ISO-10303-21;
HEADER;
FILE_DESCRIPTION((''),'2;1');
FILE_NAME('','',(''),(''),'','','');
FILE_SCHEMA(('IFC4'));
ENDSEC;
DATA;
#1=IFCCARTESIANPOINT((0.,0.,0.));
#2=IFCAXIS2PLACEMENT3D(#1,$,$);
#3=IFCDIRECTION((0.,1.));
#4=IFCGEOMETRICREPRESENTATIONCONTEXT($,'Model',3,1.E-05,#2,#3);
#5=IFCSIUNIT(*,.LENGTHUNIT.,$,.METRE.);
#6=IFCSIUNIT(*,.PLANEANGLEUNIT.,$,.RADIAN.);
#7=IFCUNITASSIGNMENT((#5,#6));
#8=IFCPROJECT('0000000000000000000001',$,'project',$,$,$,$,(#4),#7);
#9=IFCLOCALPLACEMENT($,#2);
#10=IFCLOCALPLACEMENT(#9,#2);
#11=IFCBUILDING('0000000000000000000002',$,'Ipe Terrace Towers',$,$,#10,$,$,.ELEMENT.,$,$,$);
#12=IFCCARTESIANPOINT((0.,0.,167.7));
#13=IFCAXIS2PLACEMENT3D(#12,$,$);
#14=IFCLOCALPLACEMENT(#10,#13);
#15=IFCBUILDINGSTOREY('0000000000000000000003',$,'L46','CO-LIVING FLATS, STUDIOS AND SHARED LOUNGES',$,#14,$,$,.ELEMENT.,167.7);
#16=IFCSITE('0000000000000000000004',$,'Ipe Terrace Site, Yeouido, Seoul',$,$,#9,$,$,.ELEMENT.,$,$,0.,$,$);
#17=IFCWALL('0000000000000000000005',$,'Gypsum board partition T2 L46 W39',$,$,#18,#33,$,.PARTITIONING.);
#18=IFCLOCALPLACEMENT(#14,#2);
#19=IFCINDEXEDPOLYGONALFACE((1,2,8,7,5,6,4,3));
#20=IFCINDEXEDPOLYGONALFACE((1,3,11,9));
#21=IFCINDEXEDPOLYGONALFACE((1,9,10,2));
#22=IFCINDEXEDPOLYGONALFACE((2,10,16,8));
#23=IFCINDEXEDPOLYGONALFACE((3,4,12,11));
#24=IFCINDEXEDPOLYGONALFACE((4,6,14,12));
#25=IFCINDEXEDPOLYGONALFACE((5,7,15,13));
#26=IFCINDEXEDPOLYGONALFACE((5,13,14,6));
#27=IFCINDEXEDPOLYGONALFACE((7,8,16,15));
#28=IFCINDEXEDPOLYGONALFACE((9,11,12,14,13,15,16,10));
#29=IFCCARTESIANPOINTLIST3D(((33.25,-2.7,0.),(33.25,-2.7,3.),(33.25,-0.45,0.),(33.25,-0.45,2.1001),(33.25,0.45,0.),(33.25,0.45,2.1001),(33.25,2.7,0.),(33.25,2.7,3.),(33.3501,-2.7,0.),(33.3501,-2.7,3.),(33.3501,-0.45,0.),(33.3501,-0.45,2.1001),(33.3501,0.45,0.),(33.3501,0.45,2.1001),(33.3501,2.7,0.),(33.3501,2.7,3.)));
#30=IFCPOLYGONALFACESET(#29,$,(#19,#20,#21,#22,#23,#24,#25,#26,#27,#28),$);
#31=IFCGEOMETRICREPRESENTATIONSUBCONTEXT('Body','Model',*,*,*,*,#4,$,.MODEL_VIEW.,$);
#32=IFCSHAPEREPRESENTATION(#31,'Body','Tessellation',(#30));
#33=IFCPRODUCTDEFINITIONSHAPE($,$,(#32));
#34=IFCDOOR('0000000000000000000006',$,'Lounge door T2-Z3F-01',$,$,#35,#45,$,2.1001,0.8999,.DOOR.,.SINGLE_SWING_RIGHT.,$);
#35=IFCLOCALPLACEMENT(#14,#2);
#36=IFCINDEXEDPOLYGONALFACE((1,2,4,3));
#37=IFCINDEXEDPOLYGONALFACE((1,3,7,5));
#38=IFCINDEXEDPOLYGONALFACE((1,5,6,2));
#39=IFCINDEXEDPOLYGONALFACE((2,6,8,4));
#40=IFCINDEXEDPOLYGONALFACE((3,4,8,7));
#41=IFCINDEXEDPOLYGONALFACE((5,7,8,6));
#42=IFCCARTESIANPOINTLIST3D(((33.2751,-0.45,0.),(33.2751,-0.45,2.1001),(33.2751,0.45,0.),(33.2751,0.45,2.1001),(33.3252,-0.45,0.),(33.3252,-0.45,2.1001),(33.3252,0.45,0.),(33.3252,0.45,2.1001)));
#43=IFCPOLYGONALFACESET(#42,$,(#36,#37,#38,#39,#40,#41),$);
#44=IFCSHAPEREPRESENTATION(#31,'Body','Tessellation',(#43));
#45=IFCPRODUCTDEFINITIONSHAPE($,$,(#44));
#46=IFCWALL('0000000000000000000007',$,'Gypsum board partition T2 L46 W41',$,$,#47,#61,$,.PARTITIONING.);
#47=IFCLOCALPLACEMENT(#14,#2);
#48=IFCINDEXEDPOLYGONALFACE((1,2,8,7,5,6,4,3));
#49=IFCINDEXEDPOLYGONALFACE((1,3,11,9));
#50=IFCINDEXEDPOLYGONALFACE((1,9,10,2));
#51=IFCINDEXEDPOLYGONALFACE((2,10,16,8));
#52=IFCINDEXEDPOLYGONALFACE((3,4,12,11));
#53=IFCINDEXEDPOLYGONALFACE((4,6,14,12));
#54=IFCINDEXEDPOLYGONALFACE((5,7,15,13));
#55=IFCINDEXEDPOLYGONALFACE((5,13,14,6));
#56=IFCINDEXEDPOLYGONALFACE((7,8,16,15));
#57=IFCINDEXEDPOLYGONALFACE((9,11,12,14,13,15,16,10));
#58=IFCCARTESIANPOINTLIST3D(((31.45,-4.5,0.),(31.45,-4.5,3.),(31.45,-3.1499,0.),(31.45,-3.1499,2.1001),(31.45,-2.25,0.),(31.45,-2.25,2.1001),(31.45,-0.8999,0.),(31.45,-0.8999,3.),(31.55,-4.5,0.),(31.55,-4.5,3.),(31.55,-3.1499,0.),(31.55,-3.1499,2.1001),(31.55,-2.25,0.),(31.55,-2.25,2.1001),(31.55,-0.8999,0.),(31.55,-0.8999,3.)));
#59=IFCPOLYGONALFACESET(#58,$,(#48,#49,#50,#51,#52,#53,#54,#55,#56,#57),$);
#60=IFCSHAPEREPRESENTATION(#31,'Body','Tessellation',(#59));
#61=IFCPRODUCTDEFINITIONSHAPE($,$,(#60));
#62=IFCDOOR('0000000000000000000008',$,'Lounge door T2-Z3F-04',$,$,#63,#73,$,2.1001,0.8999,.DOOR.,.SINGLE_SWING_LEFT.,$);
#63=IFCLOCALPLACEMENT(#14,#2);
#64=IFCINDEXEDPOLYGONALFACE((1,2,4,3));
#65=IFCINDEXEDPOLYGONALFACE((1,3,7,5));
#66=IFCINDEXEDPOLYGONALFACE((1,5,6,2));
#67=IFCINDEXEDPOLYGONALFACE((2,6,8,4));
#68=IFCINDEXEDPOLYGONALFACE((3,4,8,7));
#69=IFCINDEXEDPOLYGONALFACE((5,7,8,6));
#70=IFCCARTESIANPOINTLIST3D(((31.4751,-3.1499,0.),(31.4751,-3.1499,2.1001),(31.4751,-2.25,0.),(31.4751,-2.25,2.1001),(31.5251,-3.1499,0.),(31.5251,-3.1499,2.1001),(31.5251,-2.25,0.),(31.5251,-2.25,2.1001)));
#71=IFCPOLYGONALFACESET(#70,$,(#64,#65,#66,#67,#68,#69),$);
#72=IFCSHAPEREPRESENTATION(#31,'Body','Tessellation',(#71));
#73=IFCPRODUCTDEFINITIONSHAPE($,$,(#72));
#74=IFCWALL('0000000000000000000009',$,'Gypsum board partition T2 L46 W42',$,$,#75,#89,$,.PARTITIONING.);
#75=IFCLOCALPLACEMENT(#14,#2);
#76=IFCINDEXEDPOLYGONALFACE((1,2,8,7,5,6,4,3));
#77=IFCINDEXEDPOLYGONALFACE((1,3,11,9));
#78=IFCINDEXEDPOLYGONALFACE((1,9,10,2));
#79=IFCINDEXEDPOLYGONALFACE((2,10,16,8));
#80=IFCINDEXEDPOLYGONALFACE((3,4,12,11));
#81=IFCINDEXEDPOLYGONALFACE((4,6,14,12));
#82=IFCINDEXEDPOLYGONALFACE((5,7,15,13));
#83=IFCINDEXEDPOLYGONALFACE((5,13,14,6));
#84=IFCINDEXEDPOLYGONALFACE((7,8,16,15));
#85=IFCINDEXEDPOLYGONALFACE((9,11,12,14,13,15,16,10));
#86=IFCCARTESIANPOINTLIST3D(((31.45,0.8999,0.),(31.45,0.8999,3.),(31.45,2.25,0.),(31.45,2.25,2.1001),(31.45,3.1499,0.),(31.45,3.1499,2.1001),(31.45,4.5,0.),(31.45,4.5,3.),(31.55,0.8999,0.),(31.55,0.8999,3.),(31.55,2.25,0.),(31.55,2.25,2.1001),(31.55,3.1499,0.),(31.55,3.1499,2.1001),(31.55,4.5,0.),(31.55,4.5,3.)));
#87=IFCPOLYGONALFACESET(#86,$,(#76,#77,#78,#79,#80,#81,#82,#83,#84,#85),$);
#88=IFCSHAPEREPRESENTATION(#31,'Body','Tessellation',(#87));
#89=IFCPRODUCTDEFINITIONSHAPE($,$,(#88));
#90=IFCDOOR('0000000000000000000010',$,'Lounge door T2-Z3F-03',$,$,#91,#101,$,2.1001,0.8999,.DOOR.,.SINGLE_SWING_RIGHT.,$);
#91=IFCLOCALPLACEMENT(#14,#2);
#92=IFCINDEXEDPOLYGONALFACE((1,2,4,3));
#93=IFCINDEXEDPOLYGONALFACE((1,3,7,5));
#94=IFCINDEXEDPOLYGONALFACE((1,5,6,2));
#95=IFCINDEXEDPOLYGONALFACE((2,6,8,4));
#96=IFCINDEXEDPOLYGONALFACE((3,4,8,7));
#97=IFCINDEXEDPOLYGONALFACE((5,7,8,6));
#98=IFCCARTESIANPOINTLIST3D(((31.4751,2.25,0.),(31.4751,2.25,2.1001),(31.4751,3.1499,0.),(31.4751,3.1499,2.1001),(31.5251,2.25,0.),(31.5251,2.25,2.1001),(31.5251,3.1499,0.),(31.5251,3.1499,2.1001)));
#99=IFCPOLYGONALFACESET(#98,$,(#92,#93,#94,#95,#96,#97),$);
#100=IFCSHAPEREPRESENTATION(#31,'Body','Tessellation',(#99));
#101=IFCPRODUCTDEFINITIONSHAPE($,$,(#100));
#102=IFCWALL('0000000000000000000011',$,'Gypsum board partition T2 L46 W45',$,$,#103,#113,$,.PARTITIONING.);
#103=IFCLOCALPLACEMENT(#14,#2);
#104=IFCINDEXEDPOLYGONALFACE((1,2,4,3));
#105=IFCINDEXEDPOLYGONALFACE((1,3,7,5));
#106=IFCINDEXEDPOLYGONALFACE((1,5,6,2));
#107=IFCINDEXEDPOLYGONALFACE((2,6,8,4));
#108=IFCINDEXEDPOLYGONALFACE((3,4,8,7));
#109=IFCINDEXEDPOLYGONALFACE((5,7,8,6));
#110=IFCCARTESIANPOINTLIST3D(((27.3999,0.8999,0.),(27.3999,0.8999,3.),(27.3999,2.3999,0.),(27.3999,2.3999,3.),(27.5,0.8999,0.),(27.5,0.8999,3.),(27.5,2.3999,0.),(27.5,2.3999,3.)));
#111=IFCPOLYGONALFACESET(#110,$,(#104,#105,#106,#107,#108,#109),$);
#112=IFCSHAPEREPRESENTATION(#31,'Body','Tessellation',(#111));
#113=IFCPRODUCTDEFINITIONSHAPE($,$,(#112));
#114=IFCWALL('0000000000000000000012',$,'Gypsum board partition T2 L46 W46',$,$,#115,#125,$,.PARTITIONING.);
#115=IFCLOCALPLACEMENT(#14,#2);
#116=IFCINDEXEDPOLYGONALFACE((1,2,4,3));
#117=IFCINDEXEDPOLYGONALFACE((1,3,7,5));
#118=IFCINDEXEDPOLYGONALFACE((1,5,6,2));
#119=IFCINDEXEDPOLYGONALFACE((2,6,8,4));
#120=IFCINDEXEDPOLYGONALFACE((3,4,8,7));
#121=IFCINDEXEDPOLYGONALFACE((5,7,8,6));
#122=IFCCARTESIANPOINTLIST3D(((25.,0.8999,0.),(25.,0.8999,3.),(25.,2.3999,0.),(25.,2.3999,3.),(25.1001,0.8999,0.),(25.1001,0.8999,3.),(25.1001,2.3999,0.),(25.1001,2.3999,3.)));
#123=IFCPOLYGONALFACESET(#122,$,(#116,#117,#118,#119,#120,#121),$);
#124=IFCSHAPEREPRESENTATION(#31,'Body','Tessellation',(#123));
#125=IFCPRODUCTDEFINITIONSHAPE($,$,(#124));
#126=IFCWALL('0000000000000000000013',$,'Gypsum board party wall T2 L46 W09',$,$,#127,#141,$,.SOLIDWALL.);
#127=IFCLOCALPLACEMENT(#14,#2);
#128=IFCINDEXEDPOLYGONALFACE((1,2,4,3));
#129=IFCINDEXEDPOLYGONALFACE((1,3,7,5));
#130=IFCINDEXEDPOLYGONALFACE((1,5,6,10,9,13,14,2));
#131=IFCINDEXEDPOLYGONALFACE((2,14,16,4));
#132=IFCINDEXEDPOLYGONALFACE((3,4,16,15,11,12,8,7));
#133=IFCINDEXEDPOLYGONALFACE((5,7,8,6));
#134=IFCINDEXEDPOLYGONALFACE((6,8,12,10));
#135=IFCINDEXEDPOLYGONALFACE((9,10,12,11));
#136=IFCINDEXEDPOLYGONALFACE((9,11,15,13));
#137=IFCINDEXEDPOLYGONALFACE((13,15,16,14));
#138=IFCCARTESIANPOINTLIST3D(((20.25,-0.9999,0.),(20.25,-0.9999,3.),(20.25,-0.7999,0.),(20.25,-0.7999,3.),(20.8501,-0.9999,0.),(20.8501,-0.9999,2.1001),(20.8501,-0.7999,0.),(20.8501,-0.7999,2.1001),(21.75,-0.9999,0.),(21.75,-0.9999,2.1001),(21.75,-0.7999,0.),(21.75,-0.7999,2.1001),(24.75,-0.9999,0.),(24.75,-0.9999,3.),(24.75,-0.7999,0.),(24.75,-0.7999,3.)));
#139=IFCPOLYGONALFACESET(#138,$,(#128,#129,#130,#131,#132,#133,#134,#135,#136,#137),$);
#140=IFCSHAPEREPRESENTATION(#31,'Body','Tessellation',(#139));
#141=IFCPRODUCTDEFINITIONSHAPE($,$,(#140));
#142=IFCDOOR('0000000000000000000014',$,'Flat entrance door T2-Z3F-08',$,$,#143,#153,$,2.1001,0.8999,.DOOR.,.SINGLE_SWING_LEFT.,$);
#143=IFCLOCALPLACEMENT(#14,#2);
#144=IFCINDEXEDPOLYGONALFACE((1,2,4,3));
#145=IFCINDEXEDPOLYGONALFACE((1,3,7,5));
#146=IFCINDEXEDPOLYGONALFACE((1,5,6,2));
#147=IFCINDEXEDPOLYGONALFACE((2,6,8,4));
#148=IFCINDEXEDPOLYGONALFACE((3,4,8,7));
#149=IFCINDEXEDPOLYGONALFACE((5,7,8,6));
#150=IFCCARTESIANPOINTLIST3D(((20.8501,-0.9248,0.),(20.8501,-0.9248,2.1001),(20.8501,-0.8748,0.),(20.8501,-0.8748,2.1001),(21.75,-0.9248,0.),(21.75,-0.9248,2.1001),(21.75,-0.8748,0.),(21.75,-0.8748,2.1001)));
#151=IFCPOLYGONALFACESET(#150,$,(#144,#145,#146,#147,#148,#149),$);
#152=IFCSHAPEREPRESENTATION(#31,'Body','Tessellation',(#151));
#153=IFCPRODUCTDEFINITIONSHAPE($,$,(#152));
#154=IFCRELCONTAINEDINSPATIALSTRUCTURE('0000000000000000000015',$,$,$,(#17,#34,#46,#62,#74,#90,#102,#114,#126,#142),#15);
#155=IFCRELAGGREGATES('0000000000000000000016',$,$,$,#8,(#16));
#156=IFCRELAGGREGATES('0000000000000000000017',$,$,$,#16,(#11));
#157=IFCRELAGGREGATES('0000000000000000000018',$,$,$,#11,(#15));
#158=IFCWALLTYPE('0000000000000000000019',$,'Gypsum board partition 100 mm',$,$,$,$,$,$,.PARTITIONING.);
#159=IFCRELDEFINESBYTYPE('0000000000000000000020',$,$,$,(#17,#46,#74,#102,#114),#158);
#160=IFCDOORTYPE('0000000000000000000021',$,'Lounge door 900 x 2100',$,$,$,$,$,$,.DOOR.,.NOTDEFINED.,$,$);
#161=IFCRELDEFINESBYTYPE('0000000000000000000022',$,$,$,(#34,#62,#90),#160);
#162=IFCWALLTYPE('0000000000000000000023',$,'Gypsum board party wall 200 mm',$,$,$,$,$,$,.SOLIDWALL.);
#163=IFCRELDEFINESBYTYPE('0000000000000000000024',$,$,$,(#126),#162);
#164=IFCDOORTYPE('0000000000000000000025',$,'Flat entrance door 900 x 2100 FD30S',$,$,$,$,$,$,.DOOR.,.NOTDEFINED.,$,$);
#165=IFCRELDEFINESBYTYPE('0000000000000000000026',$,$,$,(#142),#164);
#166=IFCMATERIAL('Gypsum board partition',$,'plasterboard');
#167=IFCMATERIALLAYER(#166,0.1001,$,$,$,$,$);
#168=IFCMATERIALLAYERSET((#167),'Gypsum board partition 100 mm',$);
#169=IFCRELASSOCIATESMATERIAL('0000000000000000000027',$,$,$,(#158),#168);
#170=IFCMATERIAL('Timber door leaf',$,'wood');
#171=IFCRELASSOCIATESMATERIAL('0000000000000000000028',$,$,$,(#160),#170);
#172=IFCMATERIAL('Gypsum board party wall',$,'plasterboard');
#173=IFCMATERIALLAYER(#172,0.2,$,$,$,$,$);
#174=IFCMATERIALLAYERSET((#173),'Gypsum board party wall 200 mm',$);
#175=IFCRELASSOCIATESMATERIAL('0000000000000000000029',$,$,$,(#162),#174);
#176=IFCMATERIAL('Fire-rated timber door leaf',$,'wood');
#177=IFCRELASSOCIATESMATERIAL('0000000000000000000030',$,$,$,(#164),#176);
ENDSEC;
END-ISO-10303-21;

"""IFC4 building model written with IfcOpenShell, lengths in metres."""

from ifc_helpers import new_model, si_unit, direction, frame, frame_2d, origin, place, context, subcontext, project, spatial, rectangle, extrude, material, layer, layer_set, type_object, element, fill, save


model = new_model("IFC4")

# Units and contexts
model_context = context("Model", 3, precision=1e-05, world=origin(), true_north=direction((0.0, 1.0)))
body_context = subcontext(model_context, "Body", "Model", "MODEL_VIEW")
ifc_project = project(units=[si_unit("LENGTHUNIT", "METRE"), si_unit("PLANEANGLEUNIT", "RADIAN")], contexts=[model_context])

# Site, building, storey
site_placement = place(None, origin())
site = spatial("IfcSite", under=ifc_project, at=site_placement, Name="Ipe Terrace Site, Yeouido, Seoul", CompositionType="ELEMENT", RefElevation=0.0)
building_placement = place(site_placement, origin())
building = spatial("IfcBuilding", under=site, at=building_placement, Name="Ipe Terrace Towers", CompositionType="ELEMENT")
storey_placement = place(building_placement, frame((0.0, 0.0, 167.7)))
storey = spatial("IfcBuildingStorey", under=building, at=storey_placement, Name="L46", Description="CO-LIVING FLATS, STUDIOS AND SHARED LOUNGES", CompositionType="ELEMENT", Elevation=167.7)

# Shared definitions
ifc_material_1 = material(Name="Gypsum board partition", Category="plasterboard")
ifc_layer_1 = layer(ifc_material_1, 0.1001)
ifc_layer_set_1 = layer_set([ifc_layer_1], Name="Gypsum board partition 100 mm")
wall_type_1 = type_object("IfcWallType", Name="Gypsum board partition 100 mm", PredefinedType="PARTITIONING", material=ifc_layer_set_1)
ifc_material_2 = material(Name="Timber door leaf", Category="wood")
door_type_1 = type_object("IfcDoorType", Name="Lounge door 900 x 2100", OperationType="NOTDEFINED", PredefinedType="DOOR", material=ifc_material_2)

# Walls, openings, doors
wall_1_placement = place(storey_placement, frame((33.3, -2.7, 0.0), z_axis=(0.0, 0.0, 1.0), x_axis=(0.0, 1.0, 0.0)))
wall_1 = element("IfcWall", 1, at=wall_1_placement, inside=storey, type_object=wall_type_1, Name="Gypsum board partition T2 L46 W39", PredefinedType="PARTITIONING", context=body_context, shape_type="SweptSolid", body=[
    extrude(rectangle(XDim=5.3999, YDim=0.1001, at=frame_2d((2.7, 0.0))), origin(), (0.0, 0.0, 1.0), 3.0),
])
opening_1_placement = place(wall_1_placement, frame((2.25, 0.0, 0.0)))
opening_1 = element("IfcOpeningElement", 2, at=opening_1_placement, cuts=wall_1, PredefinedType="OPENING", context=body_context, shape_type="SweptSolid", body=[
    extrude(rectangle(XDim=0.8999, YDim=2.1001, at=frame_2d((0.45, 1.05))), frame((0.0, 0.0601, 0.0), z_axis=(0.0, -1.0, 0.0), x_axis=(1.0, 0.0, 0.0)), (0.0, 0.0, 1.0), 0.1201),
])
door_1_placement = place(opening_1_placement, origin())
door_1 = element("IfcDoor", 3, at=door_1_placement, inside=storey, type_object=door_type_1, Name="Lounge door T2-Z3F-01", OperationType="SINGLE_SWING_RIGHT", OverallHeight=2.1001, OverallWidth=0.8999, PredefinedType="DOOR", context=body_context, shape_type="SweptSolid", body=[
    extrude(rectangle(XDim=0.8999, YDim=2.1001, at=frame_2d((0.45, 1.05))), frame((0.0, 0.0249, 0.0), z_axis=(0.0, -1.0, 0.0), x_axis=(1.0, 0.0, 0.0)), (0.0, 0.0, 1.0), 0.05),
])
fill(opening_1, door_1)
wall_2_placement = place(storey_placement, frame((31.5, -4.5, 0.0), z_axis=(0.0, 0.0, 1.0), x_axis=(0.0, 1.0, 0.0)))
wall_2 = element("IfcWall", 4, at=wall_2_placement, inside=storey, type_object=wall_type_1, Name="Gypsum board partition T2 L46 W41", PredefinedType="PARTITIONING", context=body_context, shape_type="SweptSolid", body=[
    extrude(rectangle(XDim=3.6001, YDim=0.1001, at=frame_2d((1.8, 0.0))), origin(), (0.0, 0.0, 1.0), 3.0),
])
opening_2_placement = place(wall_2_placement, frame((1.3501, 0.0, 0.0)))
opening_2 = element("IfcOpeningElement", 5, at=opening_2_placement, cuts=wall_2, PredefinedType="OPENING", context=body_context, shape_type="SweptSolid", body=[
    extrude(rectangle(XDim=0.8999, YDim=2.1001, at=frame_2d((0.45, 1.05))), frame((0.0, 0.0601, 0.0), z_axis=(0.0, -1.0, 0.0), x_axis=(1.0, 0.0, 0.0)), (0.0, 0.0, 1.0), 0.1201),
])
door_2_placement = place(opening_2_placement, origin())
door_2 = element("IfcDoor", 6, at=door_2_placement, inside=storey, type_object=door_type_1, Name="Lounge door T2-Z3F-04", OperationType="SINGLE_SWING_LEFT", OverallHeight=2.1001, OverallWidth=0.8999, PredefinedType="DOOR", context=body_context, shape_type="SweptSolid", body=[
    extrude(rectangle(XDim=0.8999, YDim=2.1001, at=frame_2d((0.45, 1.05))), frame((0.0, 0.0249, 0.0), z_axis=(0.0, -1.0, 0.0), x_axis=(1.0, 0.0, 0.0)), (0.0, 0.0, 1.0), 0.05),
])
fill(opening_2, door_2)
wall_3_placement = place(storey_placement, frame((31.5, 0.8999, 0.0), z_axis=(0.0, 0.0, 1.0), x_axis=(0.0, 1.0, 0.0)))
wall_3 = element("IfcWall", 7, at=wall_3_placement, inside=storey, type_object=wall_type_1, Name="Gypsum board partition T2 L46 W42", PredefinedType="PARTITIONING", context=body_context, shape_type="SweptSolid", body=[
    extrude(rectangle(XDim=3.6001, YDim=0.1001, at=frame_2d((1.8, 0.0))), origin(), (0.0, 0.0, 1.0), 3.0),
])
opening_3_placement = place(wall_3_placement, frame((1.3501, 0.0, 0.0)))
opening_3 = element("IfcOpeningElement", 8, at=opening_3_placement, cuts=wall_3, PredefinedType="OPENING", context=body_context, shape_type="SweptSolid", body=[
    extrude(rectangle(XDim=0.8999, YDim=2.1001, at=frame_2d((0.45, 1.05))), frame((0.0, 0.0601, 0.0), z_axis=(0.0, -1.0, 0.0), x_axis=(1.0, 0.0, 0.0)), (0.0, 0.0, 1.0), 0.1201),
])
door_3_placement = place(opening_3_placement, origin())
door_3 = element("IfcDoor", 9, at=door_3_placement, inside=storey, type_object=door_type_1, Name="Lounge door T2-Z3F-03", OperationType="SINGLE_SWING_RIGHT", OverallHeight=2.1001, OverallWidth=0.8999, PredefinedType="DOOR", context=body_context, shape_type="SweptSolid", body=[
    extrude(rectangle(XDim=0.8999, YDim=2.1001, at=frame_2d((0.45, 1.05))), frame((0.0, 0.0249, 0.0), z_axis=(0.0, -1.0, 0.0), x_axis=(1.0, 0.0, 0.0)), (0.0, 0.0, 1.0), 0.05),
])
fill(opening_3, door_3)

# Walls
for number, where, z_axis, x_axis, name in (
    (10, (27.45, 0.8999, 0.0), (0.0, 0.0, 1.0), (0.0, 1.0, 0.0), "Gypsum board partition T2 L46 W45"),
    (11, (25.05, 0.8999, 0.0), (0.0, 0.0, 1.0), (0.0, 1.0, 0.0), "Gypsum board partition T2 L46 W46"),
):
    element("IfcWall", number, at=place(storey_placement, frame(where, z_axis=z_axis, x_axis=x_axis)), inside=storey, type_object=wall_type_1, Name=name, PredefinedType="PARTITIONING", context=body_context, shape_type="SweptSolid", body=[
        extrude(rectangle(XDim=1.5, YDim=0.1001, at=frame_2d((0.75, 0.0))), origin(), (0.0, 0.0, 1.0), 3.0),
    ])

# Wall, opening, door
ifc_material_3 = material(Name="Gypsum board party wall", Category="plasterboard")
ifc_layer_2 = layer(ifc_material_3, 0.2)
ifc_layer_set_2 = layer_set([ifc_layer_2], Name="Gypsum board party wall 200 mm")
wall_type_2 = type_object("IfcWallType", Name="Gypsum board party wall 200 mm", PredefinedType="SOLIDWALL", material=ifc_layer_set_2)
wall_4_placement = place(storey_placement, frame((24.75, -0.8999, 0.0), z_axis=(0.0, 0.0, 1.0), x_axis=(-1.0, 0.0, 0.0)))
wall_4 = element("IfcWall", 12, at=wall_4_placement, inside=storey, type_object=wall_type_2, Name="Gypsum board party wall T2 L46 W09", PredefinedType="SOLIDWALL", context=body_context, shape_type="SweptSolid", body=[
    extrude(rectangle(XDim=4.5, YDim=0.2, at=frame_2d((2.25, 0.0))), origin(), (0.0, 0.0, 1.0), 3.0),
])
opening_4_placement = place(wall_4_placement, frame((3.0, 0.0, 0.0)))
opening_4 = element("IfcOpeningElement", 13, at=opening_4_placement, cuts=wall_4, PredefinedType="OPENING", context=body_context, shape_type="SweptSolid", body=[
    extrude(rectangle(XDim=0.8999, YDim=2.1001, at=frame_2d((0.45, 1.05))), frame((0.0, 0.1099, 0.0), z_axis=(0.0, -1.0, 0.0), x_axis=(1.0, 0.0, 0.0)), (0.0, 0.0, 1.0), 0.22),
])
ifc_material_4 = material(Name="Fire-rated timber door leaf", Category="wood")
door_type_2 = type_object("IfcDoorType", Name="Flat entrance door 900 x 2100 FD30S", OperationType="NOTDEFINED", PredefinedType="DOOR", material=ifc_material_4)
door_4_placement = place(opening_4_placement, origin())
door_4 = element("IfcDoor", 14, at=door_4_placement, inside=storey, type_object=door_type_2, Name="Flat entrance door T2-Z3F-08", OperationType="SINGLE_SWING_LEFT", OverallHeight=2.1001, OverallWidth=0.8999, PredefinedType="DOOR", context=body_context, shape_type="SweptSolid", body=[
    extrude(rectangle(XDim=0.8999, YDim=2.1001, at=frame_2d((0.45, 1.05))), frame((0.0, 0.0249, 0.0), z_axis=(0.0, -1.0, 0.0), x_axis=(1.0, 0.0, 0.0)), (0.0, 0.0, 1.0), 0.05),
])
fill(opening_4, door_4)

save(model, "model.ifc")
